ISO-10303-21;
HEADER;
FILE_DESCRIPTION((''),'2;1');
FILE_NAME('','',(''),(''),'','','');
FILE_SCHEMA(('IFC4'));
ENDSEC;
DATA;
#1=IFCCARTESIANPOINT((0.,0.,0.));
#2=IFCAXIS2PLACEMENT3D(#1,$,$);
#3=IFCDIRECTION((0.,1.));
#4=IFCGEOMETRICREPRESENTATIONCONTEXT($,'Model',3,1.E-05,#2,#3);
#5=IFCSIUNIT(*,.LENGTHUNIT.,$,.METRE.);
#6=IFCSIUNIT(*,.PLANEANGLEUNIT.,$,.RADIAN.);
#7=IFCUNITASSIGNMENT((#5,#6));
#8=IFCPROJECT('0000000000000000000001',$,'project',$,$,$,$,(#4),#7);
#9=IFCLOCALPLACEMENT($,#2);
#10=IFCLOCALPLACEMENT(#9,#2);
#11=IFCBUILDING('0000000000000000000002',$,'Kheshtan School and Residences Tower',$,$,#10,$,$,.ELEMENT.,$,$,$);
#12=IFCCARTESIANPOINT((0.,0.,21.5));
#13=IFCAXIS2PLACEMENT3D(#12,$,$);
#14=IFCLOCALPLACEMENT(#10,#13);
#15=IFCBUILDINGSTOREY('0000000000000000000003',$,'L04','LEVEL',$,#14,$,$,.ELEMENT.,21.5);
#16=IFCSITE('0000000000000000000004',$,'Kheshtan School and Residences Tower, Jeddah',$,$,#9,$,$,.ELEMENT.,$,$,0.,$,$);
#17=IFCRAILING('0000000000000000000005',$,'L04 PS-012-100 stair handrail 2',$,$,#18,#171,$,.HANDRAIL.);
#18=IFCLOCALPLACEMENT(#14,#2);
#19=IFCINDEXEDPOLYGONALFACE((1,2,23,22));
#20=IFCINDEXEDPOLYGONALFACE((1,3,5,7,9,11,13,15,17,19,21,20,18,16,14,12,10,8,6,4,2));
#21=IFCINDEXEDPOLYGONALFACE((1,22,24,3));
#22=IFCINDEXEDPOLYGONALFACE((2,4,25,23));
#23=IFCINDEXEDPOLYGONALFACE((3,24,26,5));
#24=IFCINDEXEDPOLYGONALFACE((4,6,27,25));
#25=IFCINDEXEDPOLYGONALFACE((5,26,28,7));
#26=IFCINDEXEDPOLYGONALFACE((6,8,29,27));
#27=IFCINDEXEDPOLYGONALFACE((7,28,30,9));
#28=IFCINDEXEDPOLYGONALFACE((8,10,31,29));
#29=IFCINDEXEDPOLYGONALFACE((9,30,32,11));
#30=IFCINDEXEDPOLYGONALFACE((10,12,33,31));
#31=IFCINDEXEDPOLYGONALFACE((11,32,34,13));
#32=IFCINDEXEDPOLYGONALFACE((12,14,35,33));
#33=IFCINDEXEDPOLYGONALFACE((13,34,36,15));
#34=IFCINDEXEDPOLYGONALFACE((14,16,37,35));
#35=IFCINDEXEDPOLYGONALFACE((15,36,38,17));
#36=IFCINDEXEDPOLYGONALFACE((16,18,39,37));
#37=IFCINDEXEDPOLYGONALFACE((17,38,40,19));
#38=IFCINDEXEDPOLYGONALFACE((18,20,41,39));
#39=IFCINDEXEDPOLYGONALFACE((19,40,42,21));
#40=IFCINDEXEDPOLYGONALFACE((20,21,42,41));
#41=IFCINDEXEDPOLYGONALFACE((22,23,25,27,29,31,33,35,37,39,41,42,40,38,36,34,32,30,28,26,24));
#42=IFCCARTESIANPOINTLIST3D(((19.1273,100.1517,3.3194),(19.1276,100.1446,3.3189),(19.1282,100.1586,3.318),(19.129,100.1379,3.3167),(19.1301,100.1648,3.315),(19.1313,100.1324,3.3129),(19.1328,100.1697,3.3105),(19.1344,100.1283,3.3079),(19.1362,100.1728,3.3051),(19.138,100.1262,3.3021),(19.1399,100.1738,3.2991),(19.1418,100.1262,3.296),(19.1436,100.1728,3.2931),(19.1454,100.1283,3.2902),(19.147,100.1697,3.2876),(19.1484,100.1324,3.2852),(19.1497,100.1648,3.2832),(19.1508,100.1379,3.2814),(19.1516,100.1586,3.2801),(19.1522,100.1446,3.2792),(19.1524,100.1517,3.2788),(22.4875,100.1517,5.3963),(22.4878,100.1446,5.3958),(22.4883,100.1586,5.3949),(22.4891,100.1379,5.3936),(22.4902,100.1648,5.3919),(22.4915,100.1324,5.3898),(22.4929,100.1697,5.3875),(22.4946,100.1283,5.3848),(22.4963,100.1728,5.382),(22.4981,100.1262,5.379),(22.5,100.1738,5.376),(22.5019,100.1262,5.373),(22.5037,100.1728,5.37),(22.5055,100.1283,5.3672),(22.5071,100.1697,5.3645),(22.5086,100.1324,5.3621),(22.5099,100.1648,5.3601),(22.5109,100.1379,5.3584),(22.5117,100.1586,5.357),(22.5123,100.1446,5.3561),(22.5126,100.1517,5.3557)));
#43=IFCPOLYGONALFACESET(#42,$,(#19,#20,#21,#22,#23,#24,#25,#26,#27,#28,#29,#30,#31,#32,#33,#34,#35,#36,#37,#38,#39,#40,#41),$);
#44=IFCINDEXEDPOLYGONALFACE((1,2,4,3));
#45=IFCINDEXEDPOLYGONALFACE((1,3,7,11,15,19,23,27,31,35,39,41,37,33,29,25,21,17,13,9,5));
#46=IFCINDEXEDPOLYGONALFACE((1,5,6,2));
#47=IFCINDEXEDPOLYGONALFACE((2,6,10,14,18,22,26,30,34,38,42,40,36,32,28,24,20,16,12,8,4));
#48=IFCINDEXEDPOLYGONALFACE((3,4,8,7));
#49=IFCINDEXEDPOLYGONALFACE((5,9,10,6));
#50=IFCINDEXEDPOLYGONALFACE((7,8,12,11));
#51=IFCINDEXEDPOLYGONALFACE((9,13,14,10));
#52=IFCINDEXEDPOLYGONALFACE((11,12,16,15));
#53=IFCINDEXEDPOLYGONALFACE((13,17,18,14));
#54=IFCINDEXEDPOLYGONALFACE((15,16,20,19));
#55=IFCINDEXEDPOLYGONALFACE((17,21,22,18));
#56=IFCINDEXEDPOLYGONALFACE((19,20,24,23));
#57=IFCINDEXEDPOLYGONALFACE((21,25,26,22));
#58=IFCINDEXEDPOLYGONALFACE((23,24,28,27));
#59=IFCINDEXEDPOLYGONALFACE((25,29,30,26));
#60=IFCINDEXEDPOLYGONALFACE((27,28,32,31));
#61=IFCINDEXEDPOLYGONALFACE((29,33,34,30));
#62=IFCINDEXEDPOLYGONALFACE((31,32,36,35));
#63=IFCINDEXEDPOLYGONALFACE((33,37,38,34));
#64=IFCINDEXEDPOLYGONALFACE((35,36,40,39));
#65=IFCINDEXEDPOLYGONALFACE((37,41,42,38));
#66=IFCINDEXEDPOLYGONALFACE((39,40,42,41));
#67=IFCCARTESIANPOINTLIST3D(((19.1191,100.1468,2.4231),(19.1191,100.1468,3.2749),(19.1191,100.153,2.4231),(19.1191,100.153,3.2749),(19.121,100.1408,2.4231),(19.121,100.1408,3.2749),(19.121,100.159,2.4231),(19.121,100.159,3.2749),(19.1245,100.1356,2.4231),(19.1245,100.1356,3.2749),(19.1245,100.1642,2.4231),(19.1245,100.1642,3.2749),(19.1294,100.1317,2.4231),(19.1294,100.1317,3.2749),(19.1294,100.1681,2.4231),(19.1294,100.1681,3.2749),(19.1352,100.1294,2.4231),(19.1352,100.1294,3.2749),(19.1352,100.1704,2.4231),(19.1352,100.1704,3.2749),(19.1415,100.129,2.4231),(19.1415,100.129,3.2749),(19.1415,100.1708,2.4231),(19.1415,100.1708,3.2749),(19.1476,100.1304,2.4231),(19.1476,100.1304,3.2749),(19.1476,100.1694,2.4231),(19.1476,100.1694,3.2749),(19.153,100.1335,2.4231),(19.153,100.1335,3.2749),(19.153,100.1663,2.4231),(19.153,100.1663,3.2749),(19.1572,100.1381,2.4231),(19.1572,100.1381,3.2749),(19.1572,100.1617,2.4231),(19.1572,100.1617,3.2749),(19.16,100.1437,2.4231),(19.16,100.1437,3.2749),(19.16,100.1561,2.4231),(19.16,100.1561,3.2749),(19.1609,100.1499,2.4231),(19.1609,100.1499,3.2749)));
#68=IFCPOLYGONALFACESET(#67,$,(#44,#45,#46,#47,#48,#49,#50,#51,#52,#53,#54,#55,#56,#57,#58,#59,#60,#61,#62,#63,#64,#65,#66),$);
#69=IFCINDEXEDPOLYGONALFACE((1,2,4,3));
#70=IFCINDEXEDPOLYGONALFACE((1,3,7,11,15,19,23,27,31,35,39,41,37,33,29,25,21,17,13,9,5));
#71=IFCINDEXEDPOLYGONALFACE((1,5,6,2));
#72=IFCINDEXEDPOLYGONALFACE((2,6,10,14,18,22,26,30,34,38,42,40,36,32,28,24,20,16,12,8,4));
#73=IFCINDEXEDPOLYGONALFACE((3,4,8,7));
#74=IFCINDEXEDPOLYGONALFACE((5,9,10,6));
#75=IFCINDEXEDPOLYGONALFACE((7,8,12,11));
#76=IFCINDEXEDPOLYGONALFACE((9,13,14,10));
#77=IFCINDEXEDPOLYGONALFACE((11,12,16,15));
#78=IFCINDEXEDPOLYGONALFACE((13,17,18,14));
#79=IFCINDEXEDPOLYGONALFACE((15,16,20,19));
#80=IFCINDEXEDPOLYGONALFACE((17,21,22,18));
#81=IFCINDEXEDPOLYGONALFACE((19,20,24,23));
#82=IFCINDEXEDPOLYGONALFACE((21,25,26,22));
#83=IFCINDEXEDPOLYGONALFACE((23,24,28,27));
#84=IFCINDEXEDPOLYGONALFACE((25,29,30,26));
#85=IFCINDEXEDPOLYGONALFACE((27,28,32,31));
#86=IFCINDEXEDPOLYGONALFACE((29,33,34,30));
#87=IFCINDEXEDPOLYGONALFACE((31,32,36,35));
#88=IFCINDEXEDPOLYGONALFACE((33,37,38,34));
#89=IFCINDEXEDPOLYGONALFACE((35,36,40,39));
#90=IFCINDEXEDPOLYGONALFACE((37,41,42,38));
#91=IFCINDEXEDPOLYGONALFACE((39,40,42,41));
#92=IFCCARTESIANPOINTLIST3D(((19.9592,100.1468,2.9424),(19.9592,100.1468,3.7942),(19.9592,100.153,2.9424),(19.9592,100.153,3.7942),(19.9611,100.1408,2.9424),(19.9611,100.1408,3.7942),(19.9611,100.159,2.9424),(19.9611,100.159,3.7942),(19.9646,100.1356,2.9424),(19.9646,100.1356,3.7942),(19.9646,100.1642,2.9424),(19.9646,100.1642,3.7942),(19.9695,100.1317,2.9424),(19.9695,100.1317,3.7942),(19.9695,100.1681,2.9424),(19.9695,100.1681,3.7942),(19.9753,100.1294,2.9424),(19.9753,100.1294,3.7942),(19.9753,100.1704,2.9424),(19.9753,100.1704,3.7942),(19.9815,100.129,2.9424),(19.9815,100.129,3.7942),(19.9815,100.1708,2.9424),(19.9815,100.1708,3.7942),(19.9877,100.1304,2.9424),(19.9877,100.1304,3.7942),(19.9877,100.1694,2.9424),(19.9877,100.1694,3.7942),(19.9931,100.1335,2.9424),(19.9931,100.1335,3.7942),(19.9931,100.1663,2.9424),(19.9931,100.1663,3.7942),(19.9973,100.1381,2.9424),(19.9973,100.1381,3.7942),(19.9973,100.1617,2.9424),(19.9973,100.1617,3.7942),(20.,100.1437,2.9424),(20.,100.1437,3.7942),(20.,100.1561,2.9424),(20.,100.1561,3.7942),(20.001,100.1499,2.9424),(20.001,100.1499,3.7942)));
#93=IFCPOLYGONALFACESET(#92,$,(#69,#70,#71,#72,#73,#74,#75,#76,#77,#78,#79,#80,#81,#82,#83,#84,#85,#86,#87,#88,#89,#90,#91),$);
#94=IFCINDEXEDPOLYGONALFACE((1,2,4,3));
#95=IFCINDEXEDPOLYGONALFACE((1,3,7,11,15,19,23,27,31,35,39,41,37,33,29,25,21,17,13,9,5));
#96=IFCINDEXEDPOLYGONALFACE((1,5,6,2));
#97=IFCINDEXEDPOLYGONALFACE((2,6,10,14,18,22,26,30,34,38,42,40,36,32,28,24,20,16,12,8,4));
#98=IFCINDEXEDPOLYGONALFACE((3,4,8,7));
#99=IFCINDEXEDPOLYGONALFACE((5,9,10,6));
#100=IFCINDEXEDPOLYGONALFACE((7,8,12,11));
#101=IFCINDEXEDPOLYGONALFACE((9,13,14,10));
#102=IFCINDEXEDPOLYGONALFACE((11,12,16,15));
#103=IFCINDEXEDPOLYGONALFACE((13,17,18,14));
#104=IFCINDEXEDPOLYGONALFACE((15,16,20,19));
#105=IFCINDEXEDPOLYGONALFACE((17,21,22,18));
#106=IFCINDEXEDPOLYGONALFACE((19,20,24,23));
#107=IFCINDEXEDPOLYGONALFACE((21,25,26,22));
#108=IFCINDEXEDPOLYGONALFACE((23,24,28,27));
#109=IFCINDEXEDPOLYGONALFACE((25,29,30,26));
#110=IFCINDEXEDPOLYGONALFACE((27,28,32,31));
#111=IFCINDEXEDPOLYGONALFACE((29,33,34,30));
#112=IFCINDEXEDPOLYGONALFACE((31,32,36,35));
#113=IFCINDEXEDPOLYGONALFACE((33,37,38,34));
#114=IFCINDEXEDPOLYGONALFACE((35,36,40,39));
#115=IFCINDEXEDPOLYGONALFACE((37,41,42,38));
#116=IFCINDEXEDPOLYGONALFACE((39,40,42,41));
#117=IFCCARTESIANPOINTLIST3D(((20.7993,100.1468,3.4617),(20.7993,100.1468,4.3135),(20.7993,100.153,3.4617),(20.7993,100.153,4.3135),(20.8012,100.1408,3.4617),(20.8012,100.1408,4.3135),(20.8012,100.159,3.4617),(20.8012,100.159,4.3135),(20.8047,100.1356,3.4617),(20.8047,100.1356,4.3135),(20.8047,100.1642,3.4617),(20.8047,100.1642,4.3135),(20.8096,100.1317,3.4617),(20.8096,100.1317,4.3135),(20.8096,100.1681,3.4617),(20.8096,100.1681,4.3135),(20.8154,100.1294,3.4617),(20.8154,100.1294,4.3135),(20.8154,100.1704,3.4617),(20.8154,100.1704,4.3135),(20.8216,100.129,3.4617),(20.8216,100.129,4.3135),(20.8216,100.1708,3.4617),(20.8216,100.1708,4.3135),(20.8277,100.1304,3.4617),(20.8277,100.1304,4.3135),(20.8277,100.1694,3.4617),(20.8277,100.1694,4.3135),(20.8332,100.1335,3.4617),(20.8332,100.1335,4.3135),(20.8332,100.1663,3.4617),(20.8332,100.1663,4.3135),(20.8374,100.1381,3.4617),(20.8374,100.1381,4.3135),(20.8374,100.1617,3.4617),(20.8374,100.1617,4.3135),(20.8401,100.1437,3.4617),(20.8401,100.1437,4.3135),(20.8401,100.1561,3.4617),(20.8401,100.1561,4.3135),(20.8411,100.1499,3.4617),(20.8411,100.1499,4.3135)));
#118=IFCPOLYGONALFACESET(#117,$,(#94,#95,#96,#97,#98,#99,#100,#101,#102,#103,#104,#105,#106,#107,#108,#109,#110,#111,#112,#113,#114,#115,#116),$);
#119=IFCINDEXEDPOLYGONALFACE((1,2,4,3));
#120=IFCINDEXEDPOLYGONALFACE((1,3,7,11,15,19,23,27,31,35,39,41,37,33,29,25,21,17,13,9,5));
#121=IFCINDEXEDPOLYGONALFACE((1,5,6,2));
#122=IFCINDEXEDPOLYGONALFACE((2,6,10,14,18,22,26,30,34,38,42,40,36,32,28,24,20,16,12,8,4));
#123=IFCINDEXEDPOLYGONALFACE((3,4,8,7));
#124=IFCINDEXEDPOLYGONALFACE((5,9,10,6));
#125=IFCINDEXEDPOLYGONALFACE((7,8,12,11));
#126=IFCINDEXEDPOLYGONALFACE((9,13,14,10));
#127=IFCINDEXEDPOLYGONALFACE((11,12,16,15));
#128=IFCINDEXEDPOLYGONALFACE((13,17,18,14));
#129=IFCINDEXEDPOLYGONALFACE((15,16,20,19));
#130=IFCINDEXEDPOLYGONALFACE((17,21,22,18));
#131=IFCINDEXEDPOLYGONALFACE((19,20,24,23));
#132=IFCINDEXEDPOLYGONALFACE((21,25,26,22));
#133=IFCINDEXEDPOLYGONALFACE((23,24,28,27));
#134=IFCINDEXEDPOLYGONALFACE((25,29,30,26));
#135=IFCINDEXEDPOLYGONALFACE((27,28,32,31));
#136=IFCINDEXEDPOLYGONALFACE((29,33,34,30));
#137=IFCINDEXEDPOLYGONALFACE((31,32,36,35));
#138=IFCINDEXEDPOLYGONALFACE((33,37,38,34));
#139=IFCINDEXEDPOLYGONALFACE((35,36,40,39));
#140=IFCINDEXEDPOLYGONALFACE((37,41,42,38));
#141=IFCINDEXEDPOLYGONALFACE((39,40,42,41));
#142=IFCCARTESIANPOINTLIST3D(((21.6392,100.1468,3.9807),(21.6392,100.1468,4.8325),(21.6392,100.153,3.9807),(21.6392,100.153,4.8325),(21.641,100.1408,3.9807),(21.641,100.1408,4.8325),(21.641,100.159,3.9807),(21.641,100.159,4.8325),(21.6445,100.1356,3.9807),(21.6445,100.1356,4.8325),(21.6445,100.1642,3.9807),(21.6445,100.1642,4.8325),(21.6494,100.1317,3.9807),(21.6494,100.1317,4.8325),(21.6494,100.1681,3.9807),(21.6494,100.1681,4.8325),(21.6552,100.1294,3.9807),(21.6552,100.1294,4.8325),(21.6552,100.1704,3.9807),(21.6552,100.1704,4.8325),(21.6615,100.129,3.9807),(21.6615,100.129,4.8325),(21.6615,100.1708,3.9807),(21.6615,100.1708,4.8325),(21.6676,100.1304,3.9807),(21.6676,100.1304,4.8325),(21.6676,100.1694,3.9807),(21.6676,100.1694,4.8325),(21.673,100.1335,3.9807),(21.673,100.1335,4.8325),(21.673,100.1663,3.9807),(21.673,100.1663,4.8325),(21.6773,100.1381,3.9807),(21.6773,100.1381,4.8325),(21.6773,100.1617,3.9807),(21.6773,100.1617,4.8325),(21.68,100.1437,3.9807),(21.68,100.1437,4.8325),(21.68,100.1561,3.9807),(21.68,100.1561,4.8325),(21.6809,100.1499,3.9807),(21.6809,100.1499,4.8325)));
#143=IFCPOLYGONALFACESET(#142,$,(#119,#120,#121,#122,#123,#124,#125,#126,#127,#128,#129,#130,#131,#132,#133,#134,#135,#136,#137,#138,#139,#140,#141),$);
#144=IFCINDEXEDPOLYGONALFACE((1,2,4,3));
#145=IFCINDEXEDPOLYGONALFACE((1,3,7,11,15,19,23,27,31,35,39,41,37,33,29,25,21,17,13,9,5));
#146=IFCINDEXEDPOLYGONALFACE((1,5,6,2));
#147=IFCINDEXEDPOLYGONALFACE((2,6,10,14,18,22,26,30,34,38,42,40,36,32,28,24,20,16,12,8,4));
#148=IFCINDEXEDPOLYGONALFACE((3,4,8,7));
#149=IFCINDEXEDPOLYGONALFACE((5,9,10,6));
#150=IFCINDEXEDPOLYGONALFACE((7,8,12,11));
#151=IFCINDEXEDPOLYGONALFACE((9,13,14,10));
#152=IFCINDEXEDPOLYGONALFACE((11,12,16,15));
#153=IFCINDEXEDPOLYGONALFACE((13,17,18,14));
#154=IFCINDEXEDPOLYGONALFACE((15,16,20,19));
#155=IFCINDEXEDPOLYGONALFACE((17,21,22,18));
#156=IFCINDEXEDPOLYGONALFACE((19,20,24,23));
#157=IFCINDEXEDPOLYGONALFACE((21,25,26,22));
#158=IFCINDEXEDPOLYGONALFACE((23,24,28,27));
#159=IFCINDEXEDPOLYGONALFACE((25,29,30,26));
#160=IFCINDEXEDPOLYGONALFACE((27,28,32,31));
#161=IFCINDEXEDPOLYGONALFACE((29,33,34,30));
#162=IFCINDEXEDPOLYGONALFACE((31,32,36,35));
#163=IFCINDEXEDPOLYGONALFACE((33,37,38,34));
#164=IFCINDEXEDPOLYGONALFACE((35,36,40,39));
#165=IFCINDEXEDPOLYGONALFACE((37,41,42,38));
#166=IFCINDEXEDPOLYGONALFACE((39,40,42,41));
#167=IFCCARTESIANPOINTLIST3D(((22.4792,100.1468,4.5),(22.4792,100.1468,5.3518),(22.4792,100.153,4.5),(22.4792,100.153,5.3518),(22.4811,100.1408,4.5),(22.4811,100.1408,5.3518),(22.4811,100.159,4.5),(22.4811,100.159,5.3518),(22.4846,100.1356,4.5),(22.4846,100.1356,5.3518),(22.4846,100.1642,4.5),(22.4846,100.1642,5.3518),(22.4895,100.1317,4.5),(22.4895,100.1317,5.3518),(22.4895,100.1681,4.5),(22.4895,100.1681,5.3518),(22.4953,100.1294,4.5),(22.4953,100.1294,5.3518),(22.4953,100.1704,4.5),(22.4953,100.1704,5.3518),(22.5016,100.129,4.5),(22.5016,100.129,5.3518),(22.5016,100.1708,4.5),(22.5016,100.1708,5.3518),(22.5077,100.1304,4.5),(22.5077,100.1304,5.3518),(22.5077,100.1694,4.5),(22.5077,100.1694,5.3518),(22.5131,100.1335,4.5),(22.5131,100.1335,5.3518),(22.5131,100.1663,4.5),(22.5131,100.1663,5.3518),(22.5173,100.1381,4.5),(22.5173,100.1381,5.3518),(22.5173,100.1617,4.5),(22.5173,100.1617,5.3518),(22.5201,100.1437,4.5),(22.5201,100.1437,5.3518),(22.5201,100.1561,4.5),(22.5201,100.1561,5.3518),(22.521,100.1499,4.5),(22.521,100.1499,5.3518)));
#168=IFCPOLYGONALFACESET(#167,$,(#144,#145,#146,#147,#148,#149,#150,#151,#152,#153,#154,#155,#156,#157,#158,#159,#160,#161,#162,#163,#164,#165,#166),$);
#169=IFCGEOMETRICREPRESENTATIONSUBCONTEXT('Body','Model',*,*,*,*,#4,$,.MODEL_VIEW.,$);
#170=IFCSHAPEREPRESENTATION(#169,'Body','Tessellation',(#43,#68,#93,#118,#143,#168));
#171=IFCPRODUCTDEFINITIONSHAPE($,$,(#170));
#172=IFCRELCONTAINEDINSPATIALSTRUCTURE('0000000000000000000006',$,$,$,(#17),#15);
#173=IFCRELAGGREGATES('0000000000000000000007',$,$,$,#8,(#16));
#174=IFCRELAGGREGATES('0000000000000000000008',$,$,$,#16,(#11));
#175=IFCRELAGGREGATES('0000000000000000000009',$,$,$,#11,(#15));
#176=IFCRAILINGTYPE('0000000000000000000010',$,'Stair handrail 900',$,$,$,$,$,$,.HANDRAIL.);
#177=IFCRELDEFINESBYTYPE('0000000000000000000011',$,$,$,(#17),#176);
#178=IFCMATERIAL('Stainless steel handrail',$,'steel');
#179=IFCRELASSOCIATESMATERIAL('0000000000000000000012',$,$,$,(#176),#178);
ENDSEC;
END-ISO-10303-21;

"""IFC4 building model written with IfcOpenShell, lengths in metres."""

from ifc_helpers import new_model, si_unit, direction, frame, origin, origin_2d, place, context, subcontext, project, spatial, circle, extrude, material, type_object, element, save


model = new_model("IFC4")

# Units and contexts
model_context = context("Model", 3, precision=1e-05, world=origin(), true_north=direction((0.0, 1.0)))
body_context = subcontext(model_context, "Body", "Model", "MODEL_VIEW")
ifc_project = project(units=[si_unit("LENGTHUNIT", "METRE"), si_unit("PLANEANGLEUNIT", "RADIAN")], contexts=[model_context])

# Site, building, storey
site_placement = place(None, origin())
site = spatial("IfcSite", under=ifc_project, at=site_placement, Name="Kheshtan School and Residences Tower, Jeddah", CompositionType="ELEMENT", RefElevation=0.0)
building_placement = place(site_placement, origin())
building = spatial("IfcBuilding", under=site, at=building_placement, Name="Kheshtan School and Residences Tower", CompositionType="ELEMENT")
storey_placement = place(building_placement, frame((0.0, 0.0, 21.5)))
storey = spatial("IfcBuildingStorey", under=building, at=storey_placement, Name="L04", Description="LEVEL", CompositionType="ELEMENT", Elevation=21.5)

# Railing
ifc_material_1 = material(Name="Stainless steel handrail", Category="steel")
railing_type_1 = type_object("IfcRailingType", Name="Stair handrail 900", PredefinedType="HANDRAIL", material=ifc_material_1)
railing_1_placement = place(storey_placement, frame((19.1399, 100.1499, 2.4231)))
element("IfcRailing", 1, at=railing_1_placement, inside=storey, type_object=railing_type_1, Name="L04 PS-012-100 stair handrail 2", PredefinedType="HANDRAIL", context=body_context, shape_type="SweptSolid", body=[
    extrude(circle(Radius=0.0239, at=origin_2d()), frame((0.0, 0.0, 0.876), z_axis=(0.850623, 0.0, 0.525776), x_axis=(0.0, 1.0, 0.0)), (0.0, 0.0, 1.0), 3.9502),
    extrude(circle(Radius=0.021, at=origin_2d()), origin(), (0.0, 0.0, 1.0), 0.8518),
    extrude(circle(Radius=0.021, at=origin_2d()), frame((0.8401, 0.0, 0.5193)), (0.0, 0.0, 1.0), 0.8518),
    extrude(circle(Radius=0.021, at=origin_2d()), frame((1.6802, 0.0, 1.0386)), (0.0, 0.0, 1.0), 0.8518),
    extrude(circle(Radius=0.021, at=origin_2d()), frame((2.52, 0.0, 1.5576)), (0.0, 0.0, 1.0), 0.8518),
    extrude(circle(Radius=0.021, at=origin_2d()), frame((3.3601, 0.0, 2.0769)), (0.0, 0.0, 1.0), 0.8518),
])

save(model, "model.ifc")
